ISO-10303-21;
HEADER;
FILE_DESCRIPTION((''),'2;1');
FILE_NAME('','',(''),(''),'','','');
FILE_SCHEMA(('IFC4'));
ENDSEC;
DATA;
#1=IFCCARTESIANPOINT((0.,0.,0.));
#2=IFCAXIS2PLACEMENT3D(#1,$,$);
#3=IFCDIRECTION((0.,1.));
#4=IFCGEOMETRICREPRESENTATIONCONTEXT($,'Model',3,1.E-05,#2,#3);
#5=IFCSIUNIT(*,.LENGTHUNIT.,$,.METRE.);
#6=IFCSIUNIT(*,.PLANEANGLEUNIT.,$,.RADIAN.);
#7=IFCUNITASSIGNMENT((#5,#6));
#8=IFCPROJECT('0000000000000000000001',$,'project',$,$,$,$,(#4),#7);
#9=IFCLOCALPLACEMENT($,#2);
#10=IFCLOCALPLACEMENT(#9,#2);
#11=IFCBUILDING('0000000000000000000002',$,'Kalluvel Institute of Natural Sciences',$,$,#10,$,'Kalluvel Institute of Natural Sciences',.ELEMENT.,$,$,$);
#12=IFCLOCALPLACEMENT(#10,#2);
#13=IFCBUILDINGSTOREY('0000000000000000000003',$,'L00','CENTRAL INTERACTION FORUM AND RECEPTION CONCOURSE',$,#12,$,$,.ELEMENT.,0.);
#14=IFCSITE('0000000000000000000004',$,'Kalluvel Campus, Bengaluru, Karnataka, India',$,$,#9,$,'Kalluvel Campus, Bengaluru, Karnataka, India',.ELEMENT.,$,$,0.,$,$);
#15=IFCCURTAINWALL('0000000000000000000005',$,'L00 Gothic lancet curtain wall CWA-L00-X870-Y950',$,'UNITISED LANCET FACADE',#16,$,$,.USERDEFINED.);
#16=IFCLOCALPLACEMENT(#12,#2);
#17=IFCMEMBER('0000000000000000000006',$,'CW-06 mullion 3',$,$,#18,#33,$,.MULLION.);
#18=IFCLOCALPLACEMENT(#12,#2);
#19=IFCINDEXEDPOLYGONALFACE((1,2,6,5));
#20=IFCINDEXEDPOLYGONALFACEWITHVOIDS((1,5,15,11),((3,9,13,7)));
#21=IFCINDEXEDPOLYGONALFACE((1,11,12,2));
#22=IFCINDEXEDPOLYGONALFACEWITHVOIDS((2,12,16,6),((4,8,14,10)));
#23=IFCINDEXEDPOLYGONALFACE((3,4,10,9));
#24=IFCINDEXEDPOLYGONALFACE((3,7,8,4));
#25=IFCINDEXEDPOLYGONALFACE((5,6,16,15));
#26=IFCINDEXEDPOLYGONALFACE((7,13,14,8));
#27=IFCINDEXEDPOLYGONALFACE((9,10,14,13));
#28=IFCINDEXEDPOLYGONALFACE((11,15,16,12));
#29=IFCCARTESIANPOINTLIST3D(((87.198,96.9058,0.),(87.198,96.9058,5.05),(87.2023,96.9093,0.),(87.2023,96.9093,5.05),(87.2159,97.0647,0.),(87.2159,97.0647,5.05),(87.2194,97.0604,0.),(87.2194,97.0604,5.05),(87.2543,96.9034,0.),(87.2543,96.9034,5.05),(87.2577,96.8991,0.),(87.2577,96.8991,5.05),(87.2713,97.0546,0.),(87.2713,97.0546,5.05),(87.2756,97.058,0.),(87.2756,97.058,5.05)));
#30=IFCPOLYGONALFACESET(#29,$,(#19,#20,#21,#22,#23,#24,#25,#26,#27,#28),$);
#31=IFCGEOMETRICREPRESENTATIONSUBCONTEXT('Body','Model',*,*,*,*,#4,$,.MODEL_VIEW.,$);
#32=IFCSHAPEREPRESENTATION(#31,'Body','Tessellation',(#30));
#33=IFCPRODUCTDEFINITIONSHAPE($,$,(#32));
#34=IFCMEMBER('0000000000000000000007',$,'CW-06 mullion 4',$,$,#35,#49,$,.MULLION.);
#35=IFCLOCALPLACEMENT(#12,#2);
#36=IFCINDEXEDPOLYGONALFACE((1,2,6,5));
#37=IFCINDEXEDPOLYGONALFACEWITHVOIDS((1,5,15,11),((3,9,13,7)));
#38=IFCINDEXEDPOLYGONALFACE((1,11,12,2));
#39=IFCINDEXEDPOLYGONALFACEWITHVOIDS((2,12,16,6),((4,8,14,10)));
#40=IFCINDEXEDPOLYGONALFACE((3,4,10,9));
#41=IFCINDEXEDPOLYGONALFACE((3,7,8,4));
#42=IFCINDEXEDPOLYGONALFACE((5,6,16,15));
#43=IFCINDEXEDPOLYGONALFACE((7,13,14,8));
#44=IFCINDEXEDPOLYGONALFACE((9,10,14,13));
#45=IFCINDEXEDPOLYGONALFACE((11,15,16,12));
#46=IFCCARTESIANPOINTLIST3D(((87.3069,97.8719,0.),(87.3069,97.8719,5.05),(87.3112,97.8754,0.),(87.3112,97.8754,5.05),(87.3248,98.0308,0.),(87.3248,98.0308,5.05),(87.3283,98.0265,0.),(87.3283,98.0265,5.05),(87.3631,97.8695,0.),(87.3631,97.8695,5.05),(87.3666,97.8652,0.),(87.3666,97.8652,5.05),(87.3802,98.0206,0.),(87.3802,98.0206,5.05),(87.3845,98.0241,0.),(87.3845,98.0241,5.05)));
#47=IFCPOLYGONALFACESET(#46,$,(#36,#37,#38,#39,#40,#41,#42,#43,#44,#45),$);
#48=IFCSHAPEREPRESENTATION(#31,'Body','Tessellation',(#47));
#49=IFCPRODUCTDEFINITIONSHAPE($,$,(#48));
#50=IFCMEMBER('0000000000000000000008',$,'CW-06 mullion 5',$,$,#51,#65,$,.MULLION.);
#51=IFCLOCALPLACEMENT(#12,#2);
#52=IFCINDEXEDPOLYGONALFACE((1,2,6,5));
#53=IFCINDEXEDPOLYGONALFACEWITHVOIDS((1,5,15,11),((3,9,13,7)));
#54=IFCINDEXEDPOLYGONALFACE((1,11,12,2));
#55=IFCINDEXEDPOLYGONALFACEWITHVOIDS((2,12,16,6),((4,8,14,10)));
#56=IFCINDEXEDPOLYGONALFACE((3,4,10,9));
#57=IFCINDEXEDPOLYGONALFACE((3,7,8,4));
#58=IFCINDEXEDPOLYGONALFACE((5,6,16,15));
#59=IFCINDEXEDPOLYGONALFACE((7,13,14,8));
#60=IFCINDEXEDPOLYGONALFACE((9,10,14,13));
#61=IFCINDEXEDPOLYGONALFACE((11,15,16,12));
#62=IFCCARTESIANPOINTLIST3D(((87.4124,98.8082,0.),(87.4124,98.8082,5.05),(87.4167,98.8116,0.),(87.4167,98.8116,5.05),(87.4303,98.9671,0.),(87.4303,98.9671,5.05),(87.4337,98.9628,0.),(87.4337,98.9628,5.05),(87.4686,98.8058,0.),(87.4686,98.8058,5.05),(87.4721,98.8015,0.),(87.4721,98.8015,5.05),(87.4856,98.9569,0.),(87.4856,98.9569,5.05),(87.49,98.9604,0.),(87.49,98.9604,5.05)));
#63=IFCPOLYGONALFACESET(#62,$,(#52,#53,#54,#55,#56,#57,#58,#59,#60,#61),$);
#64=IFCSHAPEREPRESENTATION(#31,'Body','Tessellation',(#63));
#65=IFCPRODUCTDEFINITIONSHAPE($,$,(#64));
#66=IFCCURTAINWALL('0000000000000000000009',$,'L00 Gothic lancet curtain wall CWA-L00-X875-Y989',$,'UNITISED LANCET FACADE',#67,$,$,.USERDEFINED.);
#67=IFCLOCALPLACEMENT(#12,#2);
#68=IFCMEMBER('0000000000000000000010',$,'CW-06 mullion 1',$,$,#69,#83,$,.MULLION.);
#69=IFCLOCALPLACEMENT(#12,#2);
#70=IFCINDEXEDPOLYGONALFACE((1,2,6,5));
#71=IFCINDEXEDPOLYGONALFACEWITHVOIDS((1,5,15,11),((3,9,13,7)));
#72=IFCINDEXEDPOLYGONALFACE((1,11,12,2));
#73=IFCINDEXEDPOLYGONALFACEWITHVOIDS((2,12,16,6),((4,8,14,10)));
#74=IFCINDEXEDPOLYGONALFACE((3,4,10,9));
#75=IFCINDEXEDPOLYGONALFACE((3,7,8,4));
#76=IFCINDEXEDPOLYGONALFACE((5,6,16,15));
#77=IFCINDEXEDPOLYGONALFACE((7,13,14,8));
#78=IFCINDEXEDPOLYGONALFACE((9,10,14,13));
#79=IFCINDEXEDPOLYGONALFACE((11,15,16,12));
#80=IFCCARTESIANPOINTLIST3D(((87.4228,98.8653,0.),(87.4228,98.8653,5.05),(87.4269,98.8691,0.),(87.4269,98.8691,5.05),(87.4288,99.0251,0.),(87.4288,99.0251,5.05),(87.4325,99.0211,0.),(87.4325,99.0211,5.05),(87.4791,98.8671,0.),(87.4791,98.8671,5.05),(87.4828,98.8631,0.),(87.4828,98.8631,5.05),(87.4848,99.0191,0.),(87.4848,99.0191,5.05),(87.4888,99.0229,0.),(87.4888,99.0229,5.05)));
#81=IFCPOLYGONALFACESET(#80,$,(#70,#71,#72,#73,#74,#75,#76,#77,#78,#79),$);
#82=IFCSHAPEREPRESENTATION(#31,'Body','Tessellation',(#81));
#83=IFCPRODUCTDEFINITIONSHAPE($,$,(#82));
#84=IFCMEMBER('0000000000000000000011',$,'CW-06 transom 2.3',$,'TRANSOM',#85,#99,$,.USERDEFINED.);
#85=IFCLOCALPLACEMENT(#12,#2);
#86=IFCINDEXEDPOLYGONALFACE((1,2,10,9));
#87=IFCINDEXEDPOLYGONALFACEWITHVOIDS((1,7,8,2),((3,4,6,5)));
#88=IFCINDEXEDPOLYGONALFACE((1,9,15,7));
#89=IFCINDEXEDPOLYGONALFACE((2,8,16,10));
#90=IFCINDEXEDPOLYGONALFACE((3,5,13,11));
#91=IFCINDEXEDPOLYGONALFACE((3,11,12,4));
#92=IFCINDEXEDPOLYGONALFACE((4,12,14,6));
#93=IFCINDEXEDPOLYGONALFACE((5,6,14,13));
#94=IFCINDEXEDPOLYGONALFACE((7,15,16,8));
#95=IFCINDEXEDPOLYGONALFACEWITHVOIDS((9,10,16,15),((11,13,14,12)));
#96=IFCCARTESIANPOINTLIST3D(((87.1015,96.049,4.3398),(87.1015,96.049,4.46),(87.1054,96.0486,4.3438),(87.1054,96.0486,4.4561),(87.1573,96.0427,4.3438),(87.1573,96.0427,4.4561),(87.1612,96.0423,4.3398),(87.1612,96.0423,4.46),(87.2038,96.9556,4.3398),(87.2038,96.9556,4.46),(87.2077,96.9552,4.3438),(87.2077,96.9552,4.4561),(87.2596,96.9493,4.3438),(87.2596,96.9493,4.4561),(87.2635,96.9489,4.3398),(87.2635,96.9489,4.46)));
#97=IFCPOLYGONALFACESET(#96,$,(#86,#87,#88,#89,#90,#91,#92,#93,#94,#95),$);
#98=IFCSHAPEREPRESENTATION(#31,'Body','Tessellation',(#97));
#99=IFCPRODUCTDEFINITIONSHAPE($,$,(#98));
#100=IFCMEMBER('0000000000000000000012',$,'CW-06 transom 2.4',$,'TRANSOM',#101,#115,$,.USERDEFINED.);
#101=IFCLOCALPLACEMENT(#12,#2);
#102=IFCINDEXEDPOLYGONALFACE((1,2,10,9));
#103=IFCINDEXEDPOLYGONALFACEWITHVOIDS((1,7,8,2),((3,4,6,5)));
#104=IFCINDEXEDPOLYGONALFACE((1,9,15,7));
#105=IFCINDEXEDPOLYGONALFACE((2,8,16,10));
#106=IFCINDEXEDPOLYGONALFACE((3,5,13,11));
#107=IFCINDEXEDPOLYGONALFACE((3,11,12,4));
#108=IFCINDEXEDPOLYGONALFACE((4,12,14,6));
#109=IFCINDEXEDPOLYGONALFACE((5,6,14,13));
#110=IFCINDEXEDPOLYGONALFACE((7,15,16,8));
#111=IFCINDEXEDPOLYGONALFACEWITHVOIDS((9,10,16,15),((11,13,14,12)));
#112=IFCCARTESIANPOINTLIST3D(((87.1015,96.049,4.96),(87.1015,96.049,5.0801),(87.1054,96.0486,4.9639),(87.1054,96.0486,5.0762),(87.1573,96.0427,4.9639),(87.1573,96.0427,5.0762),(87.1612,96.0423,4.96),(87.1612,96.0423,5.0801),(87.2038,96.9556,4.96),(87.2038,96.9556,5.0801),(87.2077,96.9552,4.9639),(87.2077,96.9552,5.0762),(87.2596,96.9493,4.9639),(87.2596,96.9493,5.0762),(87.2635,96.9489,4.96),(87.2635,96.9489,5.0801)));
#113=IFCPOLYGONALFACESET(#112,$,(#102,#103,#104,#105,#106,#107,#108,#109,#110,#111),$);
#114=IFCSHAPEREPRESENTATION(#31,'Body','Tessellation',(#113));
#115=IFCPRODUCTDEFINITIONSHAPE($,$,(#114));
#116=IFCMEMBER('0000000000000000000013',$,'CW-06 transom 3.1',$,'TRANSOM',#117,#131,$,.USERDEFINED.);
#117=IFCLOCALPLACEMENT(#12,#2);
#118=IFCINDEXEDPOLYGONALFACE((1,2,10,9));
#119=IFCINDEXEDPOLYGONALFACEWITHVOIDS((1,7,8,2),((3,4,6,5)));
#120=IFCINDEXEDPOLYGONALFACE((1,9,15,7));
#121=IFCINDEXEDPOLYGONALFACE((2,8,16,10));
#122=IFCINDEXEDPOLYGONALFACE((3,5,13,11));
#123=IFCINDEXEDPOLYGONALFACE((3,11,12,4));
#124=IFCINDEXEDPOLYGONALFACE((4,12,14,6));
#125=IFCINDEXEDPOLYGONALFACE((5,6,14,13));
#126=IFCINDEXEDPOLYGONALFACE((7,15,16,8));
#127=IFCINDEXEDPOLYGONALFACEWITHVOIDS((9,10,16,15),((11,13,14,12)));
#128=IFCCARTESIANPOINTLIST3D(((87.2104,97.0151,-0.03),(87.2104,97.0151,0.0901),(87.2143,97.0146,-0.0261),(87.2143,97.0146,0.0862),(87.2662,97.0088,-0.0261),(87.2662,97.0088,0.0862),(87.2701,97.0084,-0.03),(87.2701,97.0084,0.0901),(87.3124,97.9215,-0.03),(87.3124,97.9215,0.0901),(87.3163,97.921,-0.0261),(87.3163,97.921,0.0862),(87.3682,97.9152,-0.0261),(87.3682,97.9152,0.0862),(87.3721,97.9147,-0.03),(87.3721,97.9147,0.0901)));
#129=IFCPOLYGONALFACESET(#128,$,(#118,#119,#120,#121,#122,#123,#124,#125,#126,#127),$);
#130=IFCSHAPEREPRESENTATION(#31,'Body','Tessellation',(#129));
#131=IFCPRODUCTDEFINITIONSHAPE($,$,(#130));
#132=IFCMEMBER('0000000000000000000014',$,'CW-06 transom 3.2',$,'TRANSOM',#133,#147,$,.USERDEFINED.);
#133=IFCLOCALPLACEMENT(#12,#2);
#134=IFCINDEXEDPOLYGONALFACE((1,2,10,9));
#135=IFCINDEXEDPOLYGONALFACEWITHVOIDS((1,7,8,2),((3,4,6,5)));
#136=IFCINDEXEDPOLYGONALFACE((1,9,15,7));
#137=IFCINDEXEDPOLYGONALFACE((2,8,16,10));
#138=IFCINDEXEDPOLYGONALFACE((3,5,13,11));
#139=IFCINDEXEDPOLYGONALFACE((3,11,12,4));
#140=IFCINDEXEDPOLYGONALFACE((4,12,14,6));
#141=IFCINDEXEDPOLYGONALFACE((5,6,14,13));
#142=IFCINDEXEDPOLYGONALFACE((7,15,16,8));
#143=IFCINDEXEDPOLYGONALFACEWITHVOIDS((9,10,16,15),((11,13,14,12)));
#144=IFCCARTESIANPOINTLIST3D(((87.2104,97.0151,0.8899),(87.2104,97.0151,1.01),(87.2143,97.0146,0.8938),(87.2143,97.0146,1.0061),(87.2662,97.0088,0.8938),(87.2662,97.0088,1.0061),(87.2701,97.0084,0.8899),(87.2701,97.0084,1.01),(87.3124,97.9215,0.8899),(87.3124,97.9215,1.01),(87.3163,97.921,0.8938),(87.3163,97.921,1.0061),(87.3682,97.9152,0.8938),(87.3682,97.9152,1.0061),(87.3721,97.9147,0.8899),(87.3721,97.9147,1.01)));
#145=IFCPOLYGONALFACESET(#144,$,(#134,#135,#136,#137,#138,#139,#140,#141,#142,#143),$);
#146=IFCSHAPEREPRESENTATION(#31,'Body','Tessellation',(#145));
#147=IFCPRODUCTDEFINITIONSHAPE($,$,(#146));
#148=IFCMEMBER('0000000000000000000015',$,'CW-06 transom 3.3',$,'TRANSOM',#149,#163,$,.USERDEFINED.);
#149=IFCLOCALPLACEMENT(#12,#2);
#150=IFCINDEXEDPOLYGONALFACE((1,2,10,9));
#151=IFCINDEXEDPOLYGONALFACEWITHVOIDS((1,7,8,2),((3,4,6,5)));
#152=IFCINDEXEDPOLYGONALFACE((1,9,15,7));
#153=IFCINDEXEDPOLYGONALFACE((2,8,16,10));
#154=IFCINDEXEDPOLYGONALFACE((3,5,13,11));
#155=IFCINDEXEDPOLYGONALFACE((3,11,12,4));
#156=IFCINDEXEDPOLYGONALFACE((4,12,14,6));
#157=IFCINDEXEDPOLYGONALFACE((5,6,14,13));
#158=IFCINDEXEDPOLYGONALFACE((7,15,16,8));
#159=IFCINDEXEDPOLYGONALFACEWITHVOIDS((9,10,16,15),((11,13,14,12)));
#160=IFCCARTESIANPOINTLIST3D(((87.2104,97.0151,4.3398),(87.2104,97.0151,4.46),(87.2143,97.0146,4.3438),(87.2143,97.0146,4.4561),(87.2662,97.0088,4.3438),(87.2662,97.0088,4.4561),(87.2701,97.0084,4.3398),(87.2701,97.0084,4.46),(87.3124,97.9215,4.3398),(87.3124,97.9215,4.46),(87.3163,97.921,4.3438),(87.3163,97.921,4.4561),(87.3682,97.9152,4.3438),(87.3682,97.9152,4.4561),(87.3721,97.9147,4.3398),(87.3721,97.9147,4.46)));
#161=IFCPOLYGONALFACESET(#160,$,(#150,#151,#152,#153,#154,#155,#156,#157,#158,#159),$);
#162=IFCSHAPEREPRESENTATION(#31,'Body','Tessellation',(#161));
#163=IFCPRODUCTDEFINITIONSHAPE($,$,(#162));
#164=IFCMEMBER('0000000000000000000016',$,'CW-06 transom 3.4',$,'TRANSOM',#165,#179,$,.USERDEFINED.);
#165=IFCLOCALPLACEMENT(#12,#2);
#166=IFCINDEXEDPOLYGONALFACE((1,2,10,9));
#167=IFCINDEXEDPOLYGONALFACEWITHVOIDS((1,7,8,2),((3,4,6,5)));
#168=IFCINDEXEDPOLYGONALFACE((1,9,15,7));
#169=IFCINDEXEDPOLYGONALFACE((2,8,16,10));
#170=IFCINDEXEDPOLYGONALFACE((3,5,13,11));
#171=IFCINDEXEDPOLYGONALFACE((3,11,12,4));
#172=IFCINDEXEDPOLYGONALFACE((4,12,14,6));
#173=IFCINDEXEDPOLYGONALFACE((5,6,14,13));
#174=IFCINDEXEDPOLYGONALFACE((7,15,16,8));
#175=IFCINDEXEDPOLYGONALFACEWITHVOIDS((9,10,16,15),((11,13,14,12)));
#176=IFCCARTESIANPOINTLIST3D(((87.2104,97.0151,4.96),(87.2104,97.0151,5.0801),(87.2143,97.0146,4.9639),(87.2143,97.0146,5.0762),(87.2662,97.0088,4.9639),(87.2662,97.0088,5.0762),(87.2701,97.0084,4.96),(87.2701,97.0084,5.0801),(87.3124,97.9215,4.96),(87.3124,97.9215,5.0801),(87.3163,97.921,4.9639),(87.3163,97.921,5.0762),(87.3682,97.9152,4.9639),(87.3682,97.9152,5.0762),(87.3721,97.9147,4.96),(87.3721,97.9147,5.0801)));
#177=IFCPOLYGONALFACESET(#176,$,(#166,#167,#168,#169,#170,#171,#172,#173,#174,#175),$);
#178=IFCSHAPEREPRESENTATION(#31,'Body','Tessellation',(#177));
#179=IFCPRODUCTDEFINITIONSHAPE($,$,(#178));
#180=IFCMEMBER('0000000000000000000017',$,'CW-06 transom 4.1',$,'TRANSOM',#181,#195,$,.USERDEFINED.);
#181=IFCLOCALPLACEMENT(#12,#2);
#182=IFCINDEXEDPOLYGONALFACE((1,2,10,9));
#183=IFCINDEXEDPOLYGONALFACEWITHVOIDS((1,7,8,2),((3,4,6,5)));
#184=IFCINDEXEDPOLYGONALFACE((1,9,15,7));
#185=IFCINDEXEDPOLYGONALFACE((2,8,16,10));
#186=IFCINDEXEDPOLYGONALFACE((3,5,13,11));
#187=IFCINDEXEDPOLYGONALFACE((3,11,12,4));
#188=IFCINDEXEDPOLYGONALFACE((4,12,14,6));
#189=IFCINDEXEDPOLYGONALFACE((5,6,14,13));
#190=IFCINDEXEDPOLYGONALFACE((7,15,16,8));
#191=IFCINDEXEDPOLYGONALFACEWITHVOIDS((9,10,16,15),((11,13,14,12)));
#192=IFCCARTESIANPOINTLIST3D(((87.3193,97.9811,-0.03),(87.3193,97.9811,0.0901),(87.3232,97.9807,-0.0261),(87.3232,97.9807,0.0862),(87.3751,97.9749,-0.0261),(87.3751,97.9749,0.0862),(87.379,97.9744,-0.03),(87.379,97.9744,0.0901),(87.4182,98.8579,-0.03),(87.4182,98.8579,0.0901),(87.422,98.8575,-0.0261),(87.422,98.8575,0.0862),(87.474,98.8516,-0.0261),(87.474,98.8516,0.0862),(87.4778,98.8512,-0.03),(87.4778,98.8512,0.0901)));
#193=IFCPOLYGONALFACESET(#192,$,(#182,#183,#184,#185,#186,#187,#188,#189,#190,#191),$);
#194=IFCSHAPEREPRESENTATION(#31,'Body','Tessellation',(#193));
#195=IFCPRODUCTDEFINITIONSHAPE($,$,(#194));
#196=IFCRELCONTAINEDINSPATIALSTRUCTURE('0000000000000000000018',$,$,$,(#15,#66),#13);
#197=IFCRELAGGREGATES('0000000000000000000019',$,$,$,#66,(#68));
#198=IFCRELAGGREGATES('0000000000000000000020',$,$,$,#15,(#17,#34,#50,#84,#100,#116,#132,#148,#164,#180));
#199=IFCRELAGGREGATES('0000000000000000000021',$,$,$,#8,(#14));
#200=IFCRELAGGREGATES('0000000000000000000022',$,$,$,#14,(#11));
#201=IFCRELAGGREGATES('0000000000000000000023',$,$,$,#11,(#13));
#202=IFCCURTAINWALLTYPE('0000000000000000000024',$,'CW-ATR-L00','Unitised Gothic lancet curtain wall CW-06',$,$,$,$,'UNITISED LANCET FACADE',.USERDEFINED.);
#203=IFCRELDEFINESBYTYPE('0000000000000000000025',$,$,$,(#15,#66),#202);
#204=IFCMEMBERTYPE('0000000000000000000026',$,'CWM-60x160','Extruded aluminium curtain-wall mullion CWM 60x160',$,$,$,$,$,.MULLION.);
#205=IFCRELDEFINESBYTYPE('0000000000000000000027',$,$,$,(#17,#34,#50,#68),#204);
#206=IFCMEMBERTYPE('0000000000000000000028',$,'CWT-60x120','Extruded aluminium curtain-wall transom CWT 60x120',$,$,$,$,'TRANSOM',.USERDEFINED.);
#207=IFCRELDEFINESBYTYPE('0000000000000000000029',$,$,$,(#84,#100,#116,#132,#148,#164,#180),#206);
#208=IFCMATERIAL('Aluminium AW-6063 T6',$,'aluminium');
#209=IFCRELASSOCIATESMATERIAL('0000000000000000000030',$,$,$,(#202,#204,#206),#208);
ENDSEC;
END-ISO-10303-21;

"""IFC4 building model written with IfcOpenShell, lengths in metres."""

from ifc_helpers import new_model, si_unit, direction, frame, origin, origin_2d, place, context, subcontext, project, spatial, hollow_rectangle, extrude, material, material_profile, profile_set, type_object, element, aggregate, save


model = new_model("IFC4")

# Units and contexts
model_context = context("Model", 3, precision=1e-05, world=origin(), true_north=direction((0.0, 1.0)))
body_context = subcontext(model_context, "Body", "Model", "MODEL_VIEW")
ifc_project = project(units=[si_unit("LENGTHUNIT", "METRE"), si_unit("PLANEANGLEUNIT", "RADIAN")], contexts=[model_context])

# Site, building, storey
site_placement = place(None, origin())
site = spatial("IfcSite", under=ifc_project, at=site_placement, Name="Kalluvel Campus, Bengaluru, Karnataka, India", LongName="Kalluvel Campus, Bengaluru, Karnataka, India", CompositionType="ELEMENT", RefElevation=0.0)
building_placement = place(site_placement, origin())
building = spatial("IfcBuilding", under=site, at=building_placement, Name="Kalluvel Institute of Natural Sciences", LongName="Kalluvel Institute of Natural Sciences", CompositionType="ELEMENT")
storey_placement = place(building_placement, origin())
storey = spatial("IfcBuildingStorey", under=building, at=storey_placement, Name="L00", Description="CENTRAL INTERACTION FORUM AND RECEPTION CONCOURSE", CompositionType="ELEMENT", Elevation=0.0)

# Curtain wall, members
ifc_material_1 = material(Name="Aluminium AW-6063 T6", Category="aluminium")
curtain_wall_type = type_object("IfcCurtainWallType", Name="CW-ATR-L00", Description="Unitised Gothic lancet curtain wall CW-06", ElementType="UNITISED LANCET FACADE", PredefinedType="USERDEFINED", material=ifc_material_1)
curtain_wall_1_placement = place(storey_placement, origin())
curtain_wall_1 = element("IfcCurtainWall", 1, at=curtain_wall_1_placement, inside=storey, type_object=curtain_wall_type, Name="L00 Gothic lancet curtain wall CWA-L00-X870-Y950", ObjectType="UNITISED LANCET FACADE", PredefinedType="USERDEFINED")
ifc_material_profile_1 = material_profile(ifc_material_1, hollow_rectangle(XDim=0.0601, YDim=0.1599, WallThickness=0.0039, at=origin_2d()), Name="CWM 60x160")
ifc_profile_set_1 = profile_set([ifc_material_profile_1], Name="Aluminium AW-6063 T6")
member_type_1 = type_object("IfcMemberType", Name="CWM-60x160", Description="Extruded aluminium curtain-wall mullion CWM 60x160", PredefinedType="MULLION", material=ifc_profile_set_1)
member_1_placement = place(storey_placement, frame((87.2368, 96.9819, 0.0), z_axis=(0.0, 0.0, 1.0), x_axis=(-0.993712, 0.111967, 0.0)))
member_1 = element("IfcMember", 2, at=member_1_placement, type_object=member_type_1, Name="CW-06 mullion 3", PredefinedType="MULLION", context=body_context, shape_type="SweptSolid", body=[
    extrude(hollow_rectangle(XDim=0.0601, YDim=0.1599, WallThickness=0.0039, at=origin_2d()), origin(), (0.0, 0.0, 1.0), 5.05),
])
member_2_placement = place(storey_placement, frame((87.3457, 97.948, 0.0), z_axis=(0.0, 0.0, 1.0), x_axis=(-0.993712, 0.111967, 0.0)))
member_2 = element("IfcMember", 3, at=member_2_placement, type_object=member_type_1, Name="CW-06 mullion 4", PredefinedType="MULLION", context=body_context, shape_type="SweptSolid", body=[
    extrude(hollow_rectangle(XDim=0.0601, YDim=0.1599, WallThickness=0.0039, at=origin_2d()), origin(), (0.0, 0.0, 1.0), 5.05),
])
member_3_placement = place(storey_placement, frame((87.4512, 98.8843, 0.0), z_axis=(0.0, 0.0, 1.0), x_axis=(-0.993712, 0.111967, 0.0)))
member_3 = element("IfcMember", 4, at=member_3_placement, type_object=member_type_1, Name="CW-06 mullion 5", PredefinedType="MULLION", context=body_context, shape_type="SweptSolid", body=[
    extrude(hollow_rectangle(XDim=0.0601, YDim=0.1599, WallThickness=0.0039, at=origin_2d()), origin(), (0.0, 0.0, 1.0), 5.05),
])

# Curtain wall, member
curtain_wall_2_placement = place(storey_placement, origin())
curtain_wall_2 = element("IfcCurtainWall", 5, at=curtain_wall_2_placement, inside=storey, type_object=curtain_wall_type, Name="L00 Gothic lancet curtain wall CWA-L00-X875-Y989", ObjectType="UNITISED LANCET FACADE", PredefinedType="USERDEFINED")
member_4_placement = place(storey_placement, frame((87.4558, 98.9441, 0.0), z_axis=(0.0, 0.0, 1.0), x_axis=(-0.999301, 0.03739, 0.0)))
member_4 = element("IfcMember", 6, at=member_4_placement, type_object=member_type_1, Name="CW-06 mullion 1", PredefinedType="MULLION", context=body_context, shape_type="SweptSolid", body=[
    extrude(hollow_rectangle(XDim=0.0601, YDim=0.1599, WallThickness=0.0039, at=origin_2d()), origin(), (0.0, 0.0, 1.0), 5.05),
])

# Members
ifc_material_profile_2 = material_profile(ifc_material_1, hollow_rectangle(XDim=0.0601, YDim=0.1201, WallThickness=0.0039, at=origin_2d()), Name="CWT 60x120")
ifc_profile_set_2 = profile_set([ifc_material_profile_2], Name="Aluminium AW-6063 T6")
member_type_2 = type_object("IfcMemberType", Name="CWT-60x120", Description="Extruded aluminium curtain-wall transom CWT 60x120", ElementType="TRANSOM", PredefinedType="USERDEFINED", material=ifc_profile_set_2)
member_5_placement = place(storey_placement, frame((87.1313, 96.0457, 4.3999), z_axis=(0.112135, 0.993693, 0.0), x_axis=(-0.993693, 0.112135, 0.0)))
member_5 = element("IfcMember", 7, at=member_5_placement, type_object=member_type_2, Name="CW-06 transom 2.3", ObjectType="TRANSOM", PredefinedType="USERDEFINED", context=body_context, shape_type="SweptSolid", body=[
    extrude(hollow_rectangle(XDim=0.0601, YDim=0.1201, WallThickness=0.0039, at=origin_2d()), origin(), (0.0, 0.0, 1.0), 0.9124),
])
member_6_placement = place(storey_placement, frame((87.1313, 96.0457, 5.02), z_axis=(0.112135, 0.993693, 0.0), x_axis=(-0.993693, 0.112135, 0.0)))
member_6 = element("IfcMember", 8, at=member_6_placement, type_object=member_type_2, Name="CW-06 transom 2.4", ObjectType="TRANSOM", PredefinedType="USERDEFINED", context=body_context, shape_type="SweptSolid", body=[
    extrude(hollow_rectangle(XDim=0.0601, YDim=0.1201, WallThickness=0.0039, at=origin_2d()), origin(), (0.0, 0.0, 1.0), 0.9124),
])
member_7_placement = place(storey_placement, frame((87.2402, 97.0117, 0.03), z_axis=(0.111871, 0.993723, 0.0), x_axis=(-0.993723, 0.111871, 0.0)))
member_7 = element("IfcMember", 9, at=member_7_placement, type_object=member_type_2, Name="CW-06 transom 3.1", ObjectType="TRANSOM", PredefinedType="USERDEFINED", context=body_context, shape_type="SweptSolid", body=[
    extrude(hollow_rectangle(XDim=0.0601, YDim=0.1201, WallThickness=0.0039, at=origin_2d()), origin(), (0.0, 0.0, 1.0), 0.9121),
])
member_8_placement = place(storey_placement, frame((87.2402, 97.0117, 0.95), z_axis=(0.111871, 0.993723, 0.0), x_axis=(-0.993723, 0.111871, 0.0)))
member_8 = element("IfcMember", 10, at=member_8_placement, type_object=member_type_2, Name="CW-06 transom 3.2", ObjectType="TRANSOM", PredefinedType="USERDEFINED", context=body_context, shape_type="SweptSolid", body=[
    extrude(hollow_rectangle(XDim=0.0601, YDim=0.1201, WallThickness=0.0039, at=origin_2d()), origin(), (0.0, 0.0, 1.0), 0.9121),
])
member_9_placement = place(storey_placement, frame((87.2402, 97.0117, 4.3999), z_axis=(0.111871, 0.993723, 0.0), x_axis=(-0.993723, 0.111871, 0.0)))
member_9 = element("IfcMember", 11, at=member_9_placement, type_object=member_type_2, Name="CW-06 transom 3.3", ObjectType="TRANSOM", PredefinedType="USERDEFINED", context=body_context, shape_type="SweptSolid", body=[
    extrude(hollow_rectangle(XDim=0.0601, YDim=0.1201, WallThickness=0.0039, at=origin_2d()), origin(), (0.0, 0.0, 1.0), 0.9121),
])
member_10_placement = place(storey_placement, frame((87.2402, 97.0117, 5.02), z_axis=(0.111871, 0.993723, 0.0), x_axis=(-0.993723, 0.111871, 0.0)))
member_10 = element("IfcMember", 12, at=member_10_placement, type_object=member_type_2, Name="CW-06 transom 3.4", ObjectType="TRANSOM", PredefinedType="USERDEFINED", context=body_context, shape_type="SweptSolid", body=[
    extrude(hollow_rectangle(XDim=0.0601, YDim=0.1201, WallThickness=0.0039, at=origin_2d()), origin(), (0.0, 0.0, 1.0), 0.9121),
])
member_11_placement = place(storey_placement, frame((87.3491, 97.9778, 0.03), z_axis=(0.112071, 0.9937, 0.0), x_axis=(-0.9937, 0.112071, 0.0)))
member_11 = element("IfcMember", 13, at=member_11_placement, type_object=member_type_2, Name="CW-06 transom 4.1", ObjectType="TRANSOM", PredefinedType="USERDEFINED", context=body_context, shape_type="SweptSolid", body=[
    extrude(hollow_rectangle(XDim=0.0601, YDim=0.1201, WallThickness=0.0039, at=origin_2d()), origin(), (0.0, 0.0, 1.0), 0.8823),
])
aggregate(curtain_wall_2, [member_4])

aggregate(curtain_wall_1, [member_1, member_2, member_3, member_5, member_6, member_7, member_8, member_9, member_10, member_11])

save(model, "model.ifc")
